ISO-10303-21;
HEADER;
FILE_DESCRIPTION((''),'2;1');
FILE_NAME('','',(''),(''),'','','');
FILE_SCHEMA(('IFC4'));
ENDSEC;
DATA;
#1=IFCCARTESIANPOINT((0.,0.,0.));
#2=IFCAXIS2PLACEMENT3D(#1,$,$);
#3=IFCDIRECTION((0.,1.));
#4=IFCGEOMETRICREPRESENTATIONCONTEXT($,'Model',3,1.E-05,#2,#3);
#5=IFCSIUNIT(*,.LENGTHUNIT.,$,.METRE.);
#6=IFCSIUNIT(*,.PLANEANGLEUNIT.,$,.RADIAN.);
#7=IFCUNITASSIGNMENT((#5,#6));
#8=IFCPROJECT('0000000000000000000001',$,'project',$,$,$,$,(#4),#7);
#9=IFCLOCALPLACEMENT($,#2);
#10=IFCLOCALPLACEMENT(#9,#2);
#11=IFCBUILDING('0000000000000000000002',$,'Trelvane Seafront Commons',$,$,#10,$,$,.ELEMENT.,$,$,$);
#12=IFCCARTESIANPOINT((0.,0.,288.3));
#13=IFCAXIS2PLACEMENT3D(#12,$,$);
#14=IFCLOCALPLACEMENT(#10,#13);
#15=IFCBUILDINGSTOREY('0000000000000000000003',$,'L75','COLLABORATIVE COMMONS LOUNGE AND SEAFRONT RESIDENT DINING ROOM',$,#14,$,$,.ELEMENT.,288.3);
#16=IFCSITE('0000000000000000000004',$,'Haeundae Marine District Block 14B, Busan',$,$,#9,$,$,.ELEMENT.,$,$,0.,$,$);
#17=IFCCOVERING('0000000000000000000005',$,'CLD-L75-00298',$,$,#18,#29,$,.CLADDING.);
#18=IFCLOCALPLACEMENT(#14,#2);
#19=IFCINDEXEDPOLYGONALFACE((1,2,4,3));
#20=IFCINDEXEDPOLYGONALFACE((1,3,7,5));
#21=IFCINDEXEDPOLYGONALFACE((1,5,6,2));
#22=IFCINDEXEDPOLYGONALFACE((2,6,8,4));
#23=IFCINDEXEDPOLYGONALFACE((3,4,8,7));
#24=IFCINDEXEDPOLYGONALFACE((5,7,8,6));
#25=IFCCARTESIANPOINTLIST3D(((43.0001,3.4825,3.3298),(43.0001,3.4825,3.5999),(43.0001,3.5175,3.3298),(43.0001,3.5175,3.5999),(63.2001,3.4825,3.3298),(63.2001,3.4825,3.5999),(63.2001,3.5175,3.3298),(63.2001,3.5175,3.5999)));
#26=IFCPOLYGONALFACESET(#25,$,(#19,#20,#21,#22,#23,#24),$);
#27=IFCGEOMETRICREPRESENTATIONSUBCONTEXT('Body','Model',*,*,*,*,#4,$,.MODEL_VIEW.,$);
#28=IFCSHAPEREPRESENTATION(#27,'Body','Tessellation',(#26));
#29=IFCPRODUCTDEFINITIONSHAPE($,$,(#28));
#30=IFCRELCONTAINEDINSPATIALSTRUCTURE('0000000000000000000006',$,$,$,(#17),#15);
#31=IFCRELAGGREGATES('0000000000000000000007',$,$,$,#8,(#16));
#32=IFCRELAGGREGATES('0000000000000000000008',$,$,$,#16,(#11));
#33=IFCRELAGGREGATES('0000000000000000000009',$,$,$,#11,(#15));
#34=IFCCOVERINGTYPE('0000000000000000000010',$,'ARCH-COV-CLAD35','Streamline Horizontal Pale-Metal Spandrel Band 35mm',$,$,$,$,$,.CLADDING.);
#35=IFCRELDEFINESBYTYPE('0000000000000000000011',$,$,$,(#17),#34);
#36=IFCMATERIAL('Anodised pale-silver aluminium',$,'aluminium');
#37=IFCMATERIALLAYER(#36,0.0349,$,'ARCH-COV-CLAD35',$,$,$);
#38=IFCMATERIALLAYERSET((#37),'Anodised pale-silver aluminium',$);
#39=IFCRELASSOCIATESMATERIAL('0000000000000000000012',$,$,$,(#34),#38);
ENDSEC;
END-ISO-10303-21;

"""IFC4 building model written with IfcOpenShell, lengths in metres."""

from ifc_helpers import new_model, si_unit, direction, frame, origin, origin_2d, place, context, subcontext, project, spatial, rectangle, extrude, source, transform, mapped, material, layer, layer_set, type_object, element, save


model = new_model("IFC4")

# Units and contexts
model_context = context("Model", 3, precision=1e-05, world=origin(), true_north=direction((0.0, 1.0)))
body_context = subcontext(model_context, "Body", "Model", "MODEL_VIEW")
ifc_project = project(units=[si_unit("LENGTHUNIT", "METRE"), si_unit("PLANEANGLEUNIT", "RADIAN")], contexts=[model_context])

# Site, building, storey
site_placement = place(None, origin())
site = spatial("IfcSite", under=ifc_project, at=site_placement, Name="Haeundae Marine District Block 14B, Busan", CompositionType="ELEMENT", RefElevation=0.0)
building_placement = place(site_placement, origin())
building = spatial("IfcBuilding", under=site, at=building_placement, Name="Trelvane Seafront Commons", CompositionType="ELEMENT")
storey_placement = place(building_placement, frame((0.0, 0.0, 288.3)))
storey = spatial("IfcBuildingStorey", under=building, at=storey_placement, Name="L75", Description="COLLABORATIVE COMMONS LOUNGE AND SEAFRONT RESIDENT DINING ROOM", CompositionType="ELEMENT", Elevation=288.3)

# Shared definitions
ifc_material_1 = material(Name="Anodised pale-silver aluminium", Category="aluminium")

# Covering
ifc_layer_1 = layer(ifc_material_1, 0.0349, Name="ARCH-COV-CLAD35")
ifc_layer_set_1 = layer_set([ifc_layer_1], Name="Anodised pale-silver aluminium")
covering_type = type_object("IfcCoveringType", Name="ARCH-COV-CLAD35", Description="Streamline Horizontal Pale-Metal Spandrel Band 35mm", PredefinedType="CLADDING", material=ifc_layer_set_1)
shared_shape_1 = source(origin(), body_context, "Body", "SweptSolid", [
    extrude(rectangle(XDim=20.2, YDim=0.0349, at=origin_2d()), origin(), (0.0, 0.0, 1.0), 0.27),
])
covering_placement = place(storey_placement, frame((53.1001, 3.5, 3.3298), z_axis=(0.0, 0.0, 1.0), x_axis=(-1.0, 0.0, 0.0)))
element("IfcCovering", 1, at=covering_placement, inside=storey, type_object=covering_type, Name="CLD-L75-00298", PredefinedType="CLADDING", context=body_context, shape_type="MappedRepresentation", body=[
    mapped(shared_shape_1, transform((0.0, 0.0, 0.0), x_axis=(1.0, 0.0, 0.0), y_axis=(0.0, 1.0, 0.0), z_axis=(0.0, 0.0, 1.0), scale=1.0)),
])

save(model, "model.ifc")
